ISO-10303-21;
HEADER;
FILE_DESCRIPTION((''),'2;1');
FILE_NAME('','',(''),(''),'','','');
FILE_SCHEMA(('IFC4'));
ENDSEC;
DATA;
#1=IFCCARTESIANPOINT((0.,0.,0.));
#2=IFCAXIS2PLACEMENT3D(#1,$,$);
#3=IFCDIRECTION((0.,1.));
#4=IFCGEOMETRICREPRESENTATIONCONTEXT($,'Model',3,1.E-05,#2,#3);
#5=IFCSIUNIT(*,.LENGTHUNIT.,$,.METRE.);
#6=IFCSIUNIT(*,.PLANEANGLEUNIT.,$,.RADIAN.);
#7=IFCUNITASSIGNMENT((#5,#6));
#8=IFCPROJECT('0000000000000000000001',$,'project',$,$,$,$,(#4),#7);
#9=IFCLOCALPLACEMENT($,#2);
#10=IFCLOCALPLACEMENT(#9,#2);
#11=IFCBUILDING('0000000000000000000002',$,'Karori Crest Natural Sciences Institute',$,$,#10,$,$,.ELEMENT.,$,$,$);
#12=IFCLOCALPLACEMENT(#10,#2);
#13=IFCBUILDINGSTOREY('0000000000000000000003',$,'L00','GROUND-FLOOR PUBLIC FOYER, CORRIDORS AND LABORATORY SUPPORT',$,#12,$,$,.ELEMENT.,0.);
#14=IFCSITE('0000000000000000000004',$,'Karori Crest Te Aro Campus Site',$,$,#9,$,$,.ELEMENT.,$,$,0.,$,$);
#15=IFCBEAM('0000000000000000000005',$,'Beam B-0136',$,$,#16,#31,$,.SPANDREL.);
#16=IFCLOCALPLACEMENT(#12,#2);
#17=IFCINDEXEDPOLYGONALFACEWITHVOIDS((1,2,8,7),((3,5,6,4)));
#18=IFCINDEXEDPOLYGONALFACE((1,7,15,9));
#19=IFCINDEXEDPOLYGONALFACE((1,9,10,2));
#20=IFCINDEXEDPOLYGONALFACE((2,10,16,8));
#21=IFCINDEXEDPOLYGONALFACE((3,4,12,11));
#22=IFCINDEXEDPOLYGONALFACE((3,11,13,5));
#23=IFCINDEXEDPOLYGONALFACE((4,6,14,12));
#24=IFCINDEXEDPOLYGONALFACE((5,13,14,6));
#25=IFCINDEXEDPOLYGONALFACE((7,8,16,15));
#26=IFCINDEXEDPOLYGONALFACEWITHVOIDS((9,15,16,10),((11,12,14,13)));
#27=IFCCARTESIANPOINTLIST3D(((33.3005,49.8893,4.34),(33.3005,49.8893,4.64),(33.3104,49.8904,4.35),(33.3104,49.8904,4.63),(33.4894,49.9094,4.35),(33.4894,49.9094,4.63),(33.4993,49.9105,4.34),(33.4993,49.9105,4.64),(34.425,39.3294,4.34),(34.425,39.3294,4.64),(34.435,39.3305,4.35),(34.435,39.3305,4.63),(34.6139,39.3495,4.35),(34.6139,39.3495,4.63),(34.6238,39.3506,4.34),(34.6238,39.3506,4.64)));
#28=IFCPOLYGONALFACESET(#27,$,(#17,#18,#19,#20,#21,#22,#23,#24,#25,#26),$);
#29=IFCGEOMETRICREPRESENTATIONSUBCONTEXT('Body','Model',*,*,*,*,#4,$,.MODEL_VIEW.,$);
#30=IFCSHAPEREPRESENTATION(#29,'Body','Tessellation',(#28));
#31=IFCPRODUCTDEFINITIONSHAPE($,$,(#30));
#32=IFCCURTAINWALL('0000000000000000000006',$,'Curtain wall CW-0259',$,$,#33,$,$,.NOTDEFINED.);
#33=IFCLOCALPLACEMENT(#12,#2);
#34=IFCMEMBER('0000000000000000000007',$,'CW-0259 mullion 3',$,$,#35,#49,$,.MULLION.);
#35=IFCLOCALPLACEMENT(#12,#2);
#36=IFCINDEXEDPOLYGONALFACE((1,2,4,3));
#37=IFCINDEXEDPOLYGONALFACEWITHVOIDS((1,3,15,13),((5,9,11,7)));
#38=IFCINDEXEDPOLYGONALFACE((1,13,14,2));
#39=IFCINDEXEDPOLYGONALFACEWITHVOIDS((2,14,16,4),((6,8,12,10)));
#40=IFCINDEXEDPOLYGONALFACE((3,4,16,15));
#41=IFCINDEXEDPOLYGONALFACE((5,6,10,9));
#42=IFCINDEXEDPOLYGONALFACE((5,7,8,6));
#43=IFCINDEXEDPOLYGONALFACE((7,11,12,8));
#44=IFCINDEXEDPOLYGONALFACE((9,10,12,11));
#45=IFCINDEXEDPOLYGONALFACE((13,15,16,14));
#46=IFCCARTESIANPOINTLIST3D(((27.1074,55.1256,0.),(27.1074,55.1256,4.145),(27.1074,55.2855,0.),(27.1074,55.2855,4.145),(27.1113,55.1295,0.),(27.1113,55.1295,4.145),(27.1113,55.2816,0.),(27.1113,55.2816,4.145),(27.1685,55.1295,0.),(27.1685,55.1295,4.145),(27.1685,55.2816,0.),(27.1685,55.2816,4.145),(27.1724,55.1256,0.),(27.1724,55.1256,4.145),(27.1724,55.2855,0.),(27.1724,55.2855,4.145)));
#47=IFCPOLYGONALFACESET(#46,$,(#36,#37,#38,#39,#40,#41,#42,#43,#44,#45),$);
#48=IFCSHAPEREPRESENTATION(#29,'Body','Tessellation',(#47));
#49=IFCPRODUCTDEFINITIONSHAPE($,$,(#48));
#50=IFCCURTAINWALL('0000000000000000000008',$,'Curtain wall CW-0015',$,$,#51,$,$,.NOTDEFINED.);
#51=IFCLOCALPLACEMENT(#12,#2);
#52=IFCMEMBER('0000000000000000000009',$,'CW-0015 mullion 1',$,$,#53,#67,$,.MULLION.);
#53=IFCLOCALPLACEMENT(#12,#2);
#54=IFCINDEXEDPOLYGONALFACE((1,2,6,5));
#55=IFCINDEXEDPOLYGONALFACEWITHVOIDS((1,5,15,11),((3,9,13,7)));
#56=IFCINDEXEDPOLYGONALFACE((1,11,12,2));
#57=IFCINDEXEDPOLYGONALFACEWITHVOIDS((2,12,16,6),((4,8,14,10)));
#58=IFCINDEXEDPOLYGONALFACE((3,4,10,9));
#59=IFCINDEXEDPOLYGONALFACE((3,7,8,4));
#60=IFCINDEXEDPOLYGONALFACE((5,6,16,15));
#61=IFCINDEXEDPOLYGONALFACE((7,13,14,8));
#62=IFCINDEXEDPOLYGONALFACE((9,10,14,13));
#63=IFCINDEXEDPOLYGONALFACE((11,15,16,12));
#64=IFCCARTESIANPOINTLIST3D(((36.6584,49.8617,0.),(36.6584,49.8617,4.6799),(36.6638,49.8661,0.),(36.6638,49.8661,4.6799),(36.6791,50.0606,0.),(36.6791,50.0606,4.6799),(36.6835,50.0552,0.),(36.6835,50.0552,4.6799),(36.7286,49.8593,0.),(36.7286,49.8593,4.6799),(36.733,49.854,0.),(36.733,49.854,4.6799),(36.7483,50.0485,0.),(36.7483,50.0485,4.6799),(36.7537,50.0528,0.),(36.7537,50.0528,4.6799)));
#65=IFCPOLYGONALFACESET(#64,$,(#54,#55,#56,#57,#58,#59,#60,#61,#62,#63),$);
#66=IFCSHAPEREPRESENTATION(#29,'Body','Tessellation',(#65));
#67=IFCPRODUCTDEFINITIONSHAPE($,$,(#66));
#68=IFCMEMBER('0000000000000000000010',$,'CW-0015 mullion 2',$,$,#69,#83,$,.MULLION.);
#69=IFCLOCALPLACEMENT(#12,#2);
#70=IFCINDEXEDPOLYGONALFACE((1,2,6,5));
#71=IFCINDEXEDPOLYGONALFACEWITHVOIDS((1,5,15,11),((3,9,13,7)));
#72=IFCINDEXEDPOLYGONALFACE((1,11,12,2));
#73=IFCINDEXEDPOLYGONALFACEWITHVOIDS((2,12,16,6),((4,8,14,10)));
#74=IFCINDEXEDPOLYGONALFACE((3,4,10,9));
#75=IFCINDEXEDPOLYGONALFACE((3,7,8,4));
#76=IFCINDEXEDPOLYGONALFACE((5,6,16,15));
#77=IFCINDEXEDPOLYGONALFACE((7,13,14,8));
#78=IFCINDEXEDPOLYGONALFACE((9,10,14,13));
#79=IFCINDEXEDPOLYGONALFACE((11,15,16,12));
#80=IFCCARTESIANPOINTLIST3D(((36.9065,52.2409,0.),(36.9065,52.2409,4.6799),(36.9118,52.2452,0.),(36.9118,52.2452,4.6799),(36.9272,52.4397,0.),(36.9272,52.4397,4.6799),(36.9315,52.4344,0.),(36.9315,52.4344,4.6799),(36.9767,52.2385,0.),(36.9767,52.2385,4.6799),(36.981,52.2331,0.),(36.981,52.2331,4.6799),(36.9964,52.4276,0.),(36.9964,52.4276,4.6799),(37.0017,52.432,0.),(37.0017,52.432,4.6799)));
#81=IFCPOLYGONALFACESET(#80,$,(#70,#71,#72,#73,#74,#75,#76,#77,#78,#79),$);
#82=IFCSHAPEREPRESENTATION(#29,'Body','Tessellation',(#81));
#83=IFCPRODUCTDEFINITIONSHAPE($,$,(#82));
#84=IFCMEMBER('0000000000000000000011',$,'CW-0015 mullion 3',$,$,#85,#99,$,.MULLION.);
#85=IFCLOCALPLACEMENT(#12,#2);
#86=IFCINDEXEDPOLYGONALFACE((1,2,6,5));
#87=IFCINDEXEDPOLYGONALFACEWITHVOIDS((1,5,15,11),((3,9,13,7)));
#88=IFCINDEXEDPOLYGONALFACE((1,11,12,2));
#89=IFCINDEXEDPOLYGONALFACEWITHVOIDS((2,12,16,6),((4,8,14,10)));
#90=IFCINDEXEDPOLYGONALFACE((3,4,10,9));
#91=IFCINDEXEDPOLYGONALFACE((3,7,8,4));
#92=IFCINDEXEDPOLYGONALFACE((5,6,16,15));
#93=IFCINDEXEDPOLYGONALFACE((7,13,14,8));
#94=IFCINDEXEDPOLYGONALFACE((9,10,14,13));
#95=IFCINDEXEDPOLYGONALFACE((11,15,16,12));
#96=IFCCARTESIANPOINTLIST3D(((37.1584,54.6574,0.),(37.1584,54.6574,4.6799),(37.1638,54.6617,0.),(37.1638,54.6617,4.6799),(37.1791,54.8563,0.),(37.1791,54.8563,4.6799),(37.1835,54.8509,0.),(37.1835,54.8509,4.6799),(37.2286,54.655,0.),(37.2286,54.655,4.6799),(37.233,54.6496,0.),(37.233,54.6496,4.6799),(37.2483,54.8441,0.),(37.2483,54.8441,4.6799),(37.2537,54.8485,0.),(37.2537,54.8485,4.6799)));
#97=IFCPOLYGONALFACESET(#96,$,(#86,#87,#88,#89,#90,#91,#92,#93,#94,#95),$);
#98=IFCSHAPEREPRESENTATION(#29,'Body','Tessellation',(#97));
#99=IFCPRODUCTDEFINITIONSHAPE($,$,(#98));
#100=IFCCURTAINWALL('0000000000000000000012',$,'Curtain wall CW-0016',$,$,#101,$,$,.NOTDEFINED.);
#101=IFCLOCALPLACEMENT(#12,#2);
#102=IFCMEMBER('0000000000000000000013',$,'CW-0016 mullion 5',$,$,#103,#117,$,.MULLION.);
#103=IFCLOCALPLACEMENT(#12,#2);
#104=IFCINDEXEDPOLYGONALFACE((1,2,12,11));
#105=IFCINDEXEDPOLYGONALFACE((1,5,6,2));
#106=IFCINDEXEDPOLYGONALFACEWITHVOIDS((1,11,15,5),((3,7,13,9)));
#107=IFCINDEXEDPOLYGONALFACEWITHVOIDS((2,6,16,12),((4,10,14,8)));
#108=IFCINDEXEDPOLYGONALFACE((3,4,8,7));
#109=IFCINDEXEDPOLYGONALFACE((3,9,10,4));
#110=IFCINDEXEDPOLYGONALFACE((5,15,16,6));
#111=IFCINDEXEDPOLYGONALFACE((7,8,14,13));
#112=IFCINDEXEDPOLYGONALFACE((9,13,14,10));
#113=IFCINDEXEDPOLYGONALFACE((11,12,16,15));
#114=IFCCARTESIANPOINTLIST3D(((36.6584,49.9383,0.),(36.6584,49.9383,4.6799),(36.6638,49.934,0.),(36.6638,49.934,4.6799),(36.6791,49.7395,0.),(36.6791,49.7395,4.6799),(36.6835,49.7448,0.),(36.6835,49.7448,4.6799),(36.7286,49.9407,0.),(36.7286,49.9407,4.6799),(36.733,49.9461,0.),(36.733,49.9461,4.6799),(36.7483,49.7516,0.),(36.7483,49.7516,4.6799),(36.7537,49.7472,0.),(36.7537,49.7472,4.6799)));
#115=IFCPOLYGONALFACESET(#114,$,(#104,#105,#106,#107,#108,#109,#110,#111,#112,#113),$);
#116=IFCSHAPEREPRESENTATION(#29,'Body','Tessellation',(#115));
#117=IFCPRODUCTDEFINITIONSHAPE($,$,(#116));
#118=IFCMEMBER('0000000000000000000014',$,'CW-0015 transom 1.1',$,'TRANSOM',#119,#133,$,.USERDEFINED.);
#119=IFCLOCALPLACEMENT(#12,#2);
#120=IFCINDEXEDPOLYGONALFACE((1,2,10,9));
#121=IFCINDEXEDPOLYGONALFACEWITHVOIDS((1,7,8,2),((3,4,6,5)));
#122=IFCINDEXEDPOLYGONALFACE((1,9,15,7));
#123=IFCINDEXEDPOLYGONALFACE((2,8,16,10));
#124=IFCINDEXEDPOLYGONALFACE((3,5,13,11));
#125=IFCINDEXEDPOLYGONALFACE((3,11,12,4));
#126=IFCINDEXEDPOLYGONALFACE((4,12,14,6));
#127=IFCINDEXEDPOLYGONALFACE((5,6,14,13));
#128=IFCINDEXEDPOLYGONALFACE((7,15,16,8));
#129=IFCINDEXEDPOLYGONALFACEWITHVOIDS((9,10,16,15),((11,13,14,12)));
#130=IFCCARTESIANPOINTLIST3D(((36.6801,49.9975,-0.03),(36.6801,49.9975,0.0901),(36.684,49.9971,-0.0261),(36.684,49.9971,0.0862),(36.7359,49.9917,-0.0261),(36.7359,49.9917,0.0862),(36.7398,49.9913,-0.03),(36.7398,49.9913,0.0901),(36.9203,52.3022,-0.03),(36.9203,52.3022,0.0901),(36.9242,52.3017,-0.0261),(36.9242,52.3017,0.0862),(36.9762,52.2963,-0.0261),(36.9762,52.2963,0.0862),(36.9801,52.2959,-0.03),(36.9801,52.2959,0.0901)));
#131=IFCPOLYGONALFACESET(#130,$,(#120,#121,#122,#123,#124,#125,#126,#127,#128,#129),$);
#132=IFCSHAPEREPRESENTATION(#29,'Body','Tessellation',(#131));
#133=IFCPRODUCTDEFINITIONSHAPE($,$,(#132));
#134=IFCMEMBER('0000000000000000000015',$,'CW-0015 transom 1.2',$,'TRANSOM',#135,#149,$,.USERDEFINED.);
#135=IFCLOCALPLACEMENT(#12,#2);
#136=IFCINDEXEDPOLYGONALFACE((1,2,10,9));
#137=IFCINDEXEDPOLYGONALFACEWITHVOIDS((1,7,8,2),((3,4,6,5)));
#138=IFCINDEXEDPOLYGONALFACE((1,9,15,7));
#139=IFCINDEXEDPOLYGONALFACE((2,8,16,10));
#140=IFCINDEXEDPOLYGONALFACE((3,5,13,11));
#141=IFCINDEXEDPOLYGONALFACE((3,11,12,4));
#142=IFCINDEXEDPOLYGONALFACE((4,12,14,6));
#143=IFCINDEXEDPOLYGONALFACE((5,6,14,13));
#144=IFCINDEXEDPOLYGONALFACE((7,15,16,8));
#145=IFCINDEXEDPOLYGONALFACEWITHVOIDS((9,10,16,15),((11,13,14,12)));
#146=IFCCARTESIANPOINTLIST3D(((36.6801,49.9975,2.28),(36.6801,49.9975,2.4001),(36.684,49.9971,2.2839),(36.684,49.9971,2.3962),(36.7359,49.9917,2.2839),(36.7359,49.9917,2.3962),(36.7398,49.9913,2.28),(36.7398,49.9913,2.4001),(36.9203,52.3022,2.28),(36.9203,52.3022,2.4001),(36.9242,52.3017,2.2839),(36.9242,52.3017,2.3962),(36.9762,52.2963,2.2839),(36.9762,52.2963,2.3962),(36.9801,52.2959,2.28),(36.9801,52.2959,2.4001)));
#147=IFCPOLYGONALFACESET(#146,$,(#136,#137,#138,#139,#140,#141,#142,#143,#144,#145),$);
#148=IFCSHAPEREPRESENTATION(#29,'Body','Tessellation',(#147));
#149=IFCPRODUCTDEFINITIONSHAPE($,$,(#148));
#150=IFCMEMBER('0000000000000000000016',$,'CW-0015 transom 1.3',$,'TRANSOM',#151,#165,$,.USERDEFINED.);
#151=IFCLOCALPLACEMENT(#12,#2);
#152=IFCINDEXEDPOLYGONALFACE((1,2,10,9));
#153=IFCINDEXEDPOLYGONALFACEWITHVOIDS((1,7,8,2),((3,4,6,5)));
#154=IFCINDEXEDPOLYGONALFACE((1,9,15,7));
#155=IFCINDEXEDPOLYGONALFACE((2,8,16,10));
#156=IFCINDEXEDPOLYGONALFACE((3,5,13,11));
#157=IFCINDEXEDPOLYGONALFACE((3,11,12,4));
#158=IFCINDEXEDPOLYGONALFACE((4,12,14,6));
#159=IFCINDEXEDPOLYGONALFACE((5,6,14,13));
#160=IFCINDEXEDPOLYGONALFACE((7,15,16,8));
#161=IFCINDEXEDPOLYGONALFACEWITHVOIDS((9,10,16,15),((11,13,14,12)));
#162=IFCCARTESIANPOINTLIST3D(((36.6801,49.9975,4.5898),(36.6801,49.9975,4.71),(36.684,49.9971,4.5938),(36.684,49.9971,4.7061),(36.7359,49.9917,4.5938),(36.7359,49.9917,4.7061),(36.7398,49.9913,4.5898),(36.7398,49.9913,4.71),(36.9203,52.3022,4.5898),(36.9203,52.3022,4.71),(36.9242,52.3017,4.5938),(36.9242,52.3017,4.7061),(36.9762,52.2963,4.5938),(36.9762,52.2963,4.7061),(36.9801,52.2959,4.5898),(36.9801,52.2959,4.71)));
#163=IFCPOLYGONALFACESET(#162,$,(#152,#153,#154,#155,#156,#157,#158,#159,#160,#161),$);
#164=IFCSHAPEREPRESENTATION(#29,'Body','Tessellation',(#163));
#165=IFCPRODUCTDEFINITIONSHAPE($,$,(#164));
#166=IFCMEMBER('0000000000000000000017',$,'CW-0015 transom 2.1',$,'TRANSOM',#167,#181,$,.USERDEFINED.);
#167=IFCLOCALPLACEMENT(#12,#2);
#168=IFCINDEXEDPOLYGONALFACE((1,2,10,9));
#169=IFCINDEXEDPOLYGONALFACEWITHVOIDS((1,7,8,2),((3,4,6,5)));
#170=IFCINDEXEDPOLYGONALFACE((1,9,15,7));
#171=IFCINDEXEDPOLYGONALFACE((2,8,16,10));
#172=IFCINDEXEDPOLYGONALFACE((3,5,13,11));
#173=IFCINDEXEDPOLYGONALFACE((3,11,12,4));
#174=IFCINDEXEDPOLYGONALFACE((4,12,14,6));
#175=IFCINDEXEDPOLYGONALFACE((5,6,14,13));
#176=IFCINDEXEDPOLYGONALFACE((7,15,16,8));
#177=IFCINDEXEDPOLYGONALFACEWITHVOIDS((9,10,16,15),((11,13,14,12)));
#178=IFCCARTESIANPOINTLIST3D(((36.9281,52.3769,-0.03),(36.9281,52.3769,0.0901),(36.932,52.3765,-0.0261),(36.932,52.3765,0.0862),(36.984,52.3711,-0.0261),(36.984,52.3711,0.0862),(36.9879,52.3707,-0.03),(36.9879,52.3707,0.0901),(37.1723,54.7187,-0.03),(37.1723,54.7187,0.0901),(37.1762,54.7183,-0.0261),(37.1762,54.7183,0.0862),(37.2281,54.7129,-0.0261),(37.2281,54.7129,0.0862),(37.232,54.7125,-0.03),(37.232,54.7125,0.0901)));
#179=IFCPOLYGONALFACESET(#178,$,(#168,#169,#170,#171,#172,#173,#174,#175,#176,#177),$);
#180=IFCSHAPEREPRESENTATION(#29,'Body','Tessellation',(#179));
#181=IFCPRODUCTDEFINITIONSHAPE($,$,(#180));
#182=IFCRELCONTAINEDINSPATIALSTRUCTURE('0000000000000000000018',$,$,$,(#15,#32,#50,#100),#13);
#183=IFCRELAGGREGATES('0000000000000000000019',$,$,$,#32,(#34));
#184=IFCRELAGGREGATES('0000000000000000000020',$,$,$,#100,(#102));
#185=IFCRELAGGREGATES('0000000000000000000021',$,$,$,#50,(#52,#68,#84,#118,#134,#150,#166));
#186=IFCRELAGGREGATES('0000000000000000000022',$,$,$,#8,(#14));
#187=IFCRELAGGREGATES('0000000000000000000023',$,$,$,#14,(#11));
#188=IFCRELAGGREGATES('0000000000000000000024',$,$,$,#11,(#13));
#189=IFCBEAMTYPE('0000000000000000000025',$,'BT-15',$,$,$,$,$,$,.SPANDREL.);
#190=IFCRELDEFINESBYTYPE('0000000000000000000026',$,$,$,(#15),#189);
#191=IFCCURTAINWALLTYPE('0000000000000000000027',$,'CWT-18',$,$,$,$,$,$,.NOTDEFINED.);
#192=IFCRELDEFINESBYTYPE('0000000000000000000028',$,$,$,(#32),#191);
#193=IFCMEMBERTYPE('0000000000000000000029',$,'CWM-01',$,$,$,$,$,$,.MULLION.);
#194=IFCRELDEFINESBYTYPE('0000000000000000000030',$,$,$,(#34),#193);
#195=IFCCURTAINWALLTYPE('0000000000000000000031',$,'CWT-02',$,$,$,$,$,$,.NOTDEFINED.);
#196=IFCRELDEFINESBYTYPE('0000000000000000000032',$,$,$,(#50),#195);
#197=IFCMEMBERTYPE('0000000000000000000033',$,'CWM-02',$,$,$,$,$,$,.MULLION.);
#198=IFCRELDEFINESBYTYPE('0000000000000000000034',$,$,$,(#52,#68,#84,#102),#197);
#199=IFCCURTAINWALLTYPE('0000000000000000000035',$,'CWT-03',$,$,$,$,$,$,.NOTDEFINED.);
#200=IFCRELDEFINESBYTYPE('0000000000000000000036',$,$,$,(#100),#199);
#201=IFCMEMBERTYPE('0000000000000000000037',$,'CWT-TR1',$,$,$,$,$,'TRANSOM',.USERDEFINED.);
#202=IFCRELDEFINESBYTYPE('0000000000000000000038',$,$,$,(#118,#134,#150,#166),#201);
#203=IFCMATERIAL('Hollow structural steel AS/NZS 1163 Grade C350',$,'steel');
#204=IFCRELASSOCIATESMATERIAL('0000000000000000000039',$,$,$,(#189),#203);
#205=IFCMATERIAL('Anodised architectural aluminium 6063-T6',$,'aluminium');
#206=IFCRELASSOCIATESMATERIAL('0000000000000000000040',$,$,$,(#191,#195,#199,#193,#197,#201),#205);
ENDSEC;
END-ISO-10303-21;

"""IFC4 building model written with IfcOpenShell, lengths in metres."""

from ifc_helpers import new_model, si_unit, direction, frame, origin, origin_2d, place, context, subcontext, project, spatial, hollow_rectangle, extrude, material, material_profile, profile_set, type_object, element, aggregate, save


model = new_model("IFC4")

# Units and contexts
model_context = context("Model", 3, precision=1e-05, world=origin(), true_north=direction((0.0, 1.0)))
body_context = subcontext(model_context, "Body", "Model", "MODEL_VIEW")
ifc_project = project(units=[si_unit("LENGTHUNIT", "METRE"), si_unit("PLANEANGLEUNIT", "RADIAN")], contexts=[model_context])

# Site, building, storey
site_placement = place(None, origin())
site = spatial("IfcSite", under=ifc_project, at=site_placement, Name="Karori Crest Te Aro Campus Site", CompositionType="ELEMENT", RefElevation=0.0)
building_placement = place(site_placement, origin())
building = spatial("IfcBuilding", under=site, at=building_placement, Name="Karori Crest Natural Sciences Institute", CompositionType="ELEMENT")
storey_placement = place(building_placement, origin())
storey = spatial("IfcBuildingStorey", under=building, at=storey_placement, Name="L00", Description="GROUND-FLOOR PUBLIC FOYER, CORRIDORS AND LABORATORY SUPPORT", CompositionType="ELEMENT", Elevation=0.0)

# Beam
ifc_material_1 = material(Name="Hollow structural steel AS/NZS 1163 Grade C350", Category="steel")
ifc_material_profile_1 = material_profile(ifc_material_1, hollow_rectangle(XDim=0.2, YDim=0.3, WallThickness=0.01, at=origin_2d()), Name="RHS300x200x10")
ifc_profile_set_1 = profile_set([ifc_material_profile_1], Name="Hollow structural steel AS/NZS 1163 Grade C350")
beam_type_1 = type_object("IfcBeamType", Name="BT-15", PredefinedType="SPANDREL", material=ifc_profile_set_1)
beam_1_placement = place(storey_placement, frame((33.3999, 49.8999, 4.49), z_axis=(0.105891, -0.994378, 0.0), x_axis=(0.994378, 0.105891, 0.0)))
element("IfcBeam", 1, at=beam_1_placement, inside=storey, type_object=beam_type_1, Name="Beam B-0136", PredefinedType="SPANDREL", context=body_context, shape_type="SweptSolid", body=[
    extrude(hollow_rectangle(XDim=0.2, YDim=0.3, WallThickness=0.01, at=origin_2d()), origin(), (0.0, 0.0, 1.0), 10.6196),
])

# Curtain wall, member
ifc_material_2 = material(Name="Anodised architectural aluminium 6063-T6", Category="aluminium")
curtain_wall_type_1 = type_object("IfcCurtainWallType", Name="CWT-18", PredefinedType="NOTDEFINED", material=ifc_material_2)
curtain_wall_1_placement = place(storey_placement, origin())
curtain_wall_1 = element("IfcCurtainWall", 2, at=curtain_wall_1_placement, inside=storey, type_object=curtain_wall_type_1, Name="Curtain wall CW-0259", PredefinedType="NOTDEFINED")
ifc_material_profile_2 = material_profile(ifc_material_2, hollow_rectangle(XDim=0.0649, YDim=0.1599, WallThickness=0.0039, at=origin_2d()), Name="CWM160x65x4")
ifc_profile_set_2 = profile_set([ifc_material_profile_2], Name="Anodised architectural aluminium 6063-T6")
member_type_1 = type_object("IfcMemberType", Name="CWM-01", PredefinedType="MULLION", material=ifc_profile_set_2)
member_1_placement = place(storey_placement, frame((27.1399, 55.2056, 0.0), z_axis=(0.0, 0.0, 1.0), x_axis=(1.0, 0.0, 0.0)))
member_1 = element("IfcMember", 3, at=member_1_placement, type_object=member_type_1, Name="CW-0259 mullion 3", PredefinedType="MULLION", context=body_context, shape_type="SweptSolid", body=[
    extrude(hollow_rectangle(XDim=0.0649, YDim=0.1599, WallThickness=0.0039, at=origin_2d()), origin(), (0.0, 0.0, 1.0), 4.145),
])
aggregate(curtain_wall_1, [member_1])

# Curtain wall, members
curtain_wall_type_2 = type_object("IfcCurtainWallType", Name="CWT-02", PredefinedType="NOTDEFINED", material=ifc_material_2)
curtain_wall_2_placement = place(storey_placement, origin())
curtain_wall_2 = element("IfcCurtainWall", 4, at=curtain_wall_2_placement, inside=storey, type_object=curtain_wall_type_2, Name="Curtain wall CW-0015", PredefinedType="NOTDEFINED")
ifc_material_profile_3 = material_profile(ifc_material_2, hollow_rectangle(XDim=0.075, YDim=0.2, WallThickness=0.0049, at=origin_2d()), Name="CWM200x75x5")
ifc_profile_set_3 = profile_set([ifc_material_profile_3], Name="Anodised architectural aluminium 6063-T6")
member_type_2 = type_object("IfcMemberType", Name="CWM-02", PredefinedType="MULLION", material=ifc_profile_set_3)
member_2_placement = place(storey_placement, frame((36.7061, 49.9573, 0.0), z_axis=(0.0, 0.0, 1.0), x_axis=(-0.994608, 0.103701, 0.0)))
member_2 = element("IfcMember", 5, at=member_2_placement, type_object=member_type_2, Name="CW-0015 mullion 1", PredefinedType="MULLION", context=body_context, shape_type="SweptSolid", body=[
    extrude(hollow_rectangle(XDim=0.075, YDim=0.2, WallThickness=0.0049, at=origin_2d()), origin(), (0.0, 0.0, 1.0), 4.6799),
])
member_3_placement = place(storey_placement, frame((36.9541, 52.3364, 0.0), z_axis=(0.0, 0.0, 1.0), x_axis=(-0.994608, 0.103701, 0.0)))
member_3 = element("IfcMember", 6, at=member_3_placement, type_object=member_type_2, Name="CW-0015 mullion 2", PredefinedType="MULLION", context=body_context, shape_type="SweptSolid", body=[
    extrude(hollow_rectangle(XDim=0.075, YDim=0.2, WallThickness=0.0049, at=origin_2d()), origin(), (0.0, 0.0, 1.0), 4.6799),
])
member_4_placement = place(storey_placement, frame((37.2061, 54.7529, 0.0), z_axis=(0.0, 0.0, 1.0), x_axis=(-0.994608, 0.103701, 0.0)))
member_4 = element("IfcMember", 7, at=member_4_placement, type_object=member_type_2, Name="CW-0015 mullion 3", PredefinedType="MULLION", context=body_context, shape_type="SweptSolid", body=[
    extrude(hollow_rectangle(XDim=0.075, YDim=0.2, WallThickness=0.0049, at=origin_2d()), origin(), (0.0, 0.0, 1.0), 4.6799),
])

# Curtain wall, member
curtain_wall_type_3 = type_object("IfcCurtainWallType", Name="CWT-03", PredefinedType="NOTDEFINED", material=ifc_material_2)
curtain_wall_3_placement = place(storey_placement, origin())
curtain_wall_3 = element("IfcCurtainWall", 8, at=curtain_wall_3_placement, inside=storey, type_object=curtain_wall_type_3, Name="Curtain wall CW-0016", PredefinedType="NOTDEFINED")
member_5_placement = place(storey_placement, frame((36.7061, 49.8428, 0.0), z_axis=(0.0, 0.0, 1.0), x_axis=(-0.994608, -0.103701, 0.0)))
member_5 = element("IfcMember", 9, at=member_5_placement, type_object=member_type_2, Name="CW-0016 mullion 5", PredefinedType="MULLION", context=body_context, shape_type="SweptSolid", body=[
    extrude(hollow_rectangle(XDim=0.075, YDim=0.2, WallThickness=0.0049, at=origin_2d()), origin(), (0.0, 0.0, 1.0), 4.6799),
])
aggregate(curtain_wall_3, [member_5])

# Members
ifc_material_profile_4 = material_profile(ifc_material_2, hollow_rectangle(XDim=0.0601, YDim=0.1201, WallThickness=0.0039, at=origin_2d()), Name="CWT120x60x4")
ifc_profile_set_4 = profile_set([ifc_material_profile_4], Name="Anodised architectural aluminium 6063-T6")
member_type_3 = type_object("IfcMemberType", Name="CWT-TR1", ElementType="TRANSOM", PredefinedType="USERDEFINED", material=ifc_profile_set_4)
member_6_placement = place(storey_placement, frame((36.71, 49.9944, 0.03), z_axis=(0.103676, 0.994611, 0.0), x_axis=(-0.994611, 0.103676, 0.0)))
member_6 = element("IfcMember", 10, at=member_6_placement, type_object=member_type_3, Name="CW-0015 transom 1.1", ObjectType="TRANSOM", PredefinedType="USERDEFINED", context=body_context, shape_type="SweptSolid", body=[
    extrude(hollow_rectangle(XDim=0.0601, YDim=0.1201, WallThickness=0.0039, at=origin_2d()), origin(), (0.0, 0.0, 1.0), 2.3171),
])
member_7_placement = place(storey_placement, frame((36.71, 49.9944, 2.3401), z_axis=(0.103676, 0.994611, 0.0), x_axis=(-0.994611, 0.103676, 0.0)))
member_7 = element("IfcMember", 11, at=member_7_placement, type_object=member_type_3, Name="CW-0015 transom 1.2", ObjectType="TRANSOM", PredefinedType="USERDEFINED", context=body_context, shape_type="SweptSolid", body=[
    extrude(hollow_rectangle(XDim=0.0601, YDim=0.1201, WallThickness=0.0039, at=origin_2d()), origin(), (0.0, 0.0, 1.0), 2.3171),
])
member_8_placement = place(storey_placement, frame((36.71, 49.9944, 4.6499), z_axis=(0.103676, 0.994611, 0.0), x_axis=(-0.994611, 0.103676, 0.0)))
member_8 = element("IfcMember", 12, at=member_8_placement, type_object=member_type_3, Name="CW-0015 transom 1.3", ObjectType="TRANSOM", PredefinedType="USERDEFINED", context=body_context, shape_type="SweptSolid", body=[
    extrude(hollow_rectangle(XDim=0.0601, YDim=0.1201, WallThickness=0.0039, at=origin_2d()), origin(), (0.0, 0.0, 1.0), 2.3171),
])
member_9_placement = place(storey_placement, frame((36.958, 52.3738, 0.03), z_axis=(0.103692, 0.99461, 0.0), x_axis=(-0.99461, 0.103692, 0.0)))
member_9 = element("IfcMember", 13, at=member_9_placement, type_object=member_type_3, Name="CW-0015 transom 2.1", ObjectType="TRANSOM", PredefinedType="USERDEFINED", context=body_context, shape_type="SweptSolid", body=[
    extrude(hollow_rectangle(XDim=0.0601, YDim=0.1201, WallThickness=0.0039, at=origin_2d()), origin(), (0.0, 0.0, 1.0), 2.3545),
])

aggregate(curtain_wall_2, [member_2, member_3, member_4, member_6, member_7, member_8, member_9])

save(model, "model.ifc")
